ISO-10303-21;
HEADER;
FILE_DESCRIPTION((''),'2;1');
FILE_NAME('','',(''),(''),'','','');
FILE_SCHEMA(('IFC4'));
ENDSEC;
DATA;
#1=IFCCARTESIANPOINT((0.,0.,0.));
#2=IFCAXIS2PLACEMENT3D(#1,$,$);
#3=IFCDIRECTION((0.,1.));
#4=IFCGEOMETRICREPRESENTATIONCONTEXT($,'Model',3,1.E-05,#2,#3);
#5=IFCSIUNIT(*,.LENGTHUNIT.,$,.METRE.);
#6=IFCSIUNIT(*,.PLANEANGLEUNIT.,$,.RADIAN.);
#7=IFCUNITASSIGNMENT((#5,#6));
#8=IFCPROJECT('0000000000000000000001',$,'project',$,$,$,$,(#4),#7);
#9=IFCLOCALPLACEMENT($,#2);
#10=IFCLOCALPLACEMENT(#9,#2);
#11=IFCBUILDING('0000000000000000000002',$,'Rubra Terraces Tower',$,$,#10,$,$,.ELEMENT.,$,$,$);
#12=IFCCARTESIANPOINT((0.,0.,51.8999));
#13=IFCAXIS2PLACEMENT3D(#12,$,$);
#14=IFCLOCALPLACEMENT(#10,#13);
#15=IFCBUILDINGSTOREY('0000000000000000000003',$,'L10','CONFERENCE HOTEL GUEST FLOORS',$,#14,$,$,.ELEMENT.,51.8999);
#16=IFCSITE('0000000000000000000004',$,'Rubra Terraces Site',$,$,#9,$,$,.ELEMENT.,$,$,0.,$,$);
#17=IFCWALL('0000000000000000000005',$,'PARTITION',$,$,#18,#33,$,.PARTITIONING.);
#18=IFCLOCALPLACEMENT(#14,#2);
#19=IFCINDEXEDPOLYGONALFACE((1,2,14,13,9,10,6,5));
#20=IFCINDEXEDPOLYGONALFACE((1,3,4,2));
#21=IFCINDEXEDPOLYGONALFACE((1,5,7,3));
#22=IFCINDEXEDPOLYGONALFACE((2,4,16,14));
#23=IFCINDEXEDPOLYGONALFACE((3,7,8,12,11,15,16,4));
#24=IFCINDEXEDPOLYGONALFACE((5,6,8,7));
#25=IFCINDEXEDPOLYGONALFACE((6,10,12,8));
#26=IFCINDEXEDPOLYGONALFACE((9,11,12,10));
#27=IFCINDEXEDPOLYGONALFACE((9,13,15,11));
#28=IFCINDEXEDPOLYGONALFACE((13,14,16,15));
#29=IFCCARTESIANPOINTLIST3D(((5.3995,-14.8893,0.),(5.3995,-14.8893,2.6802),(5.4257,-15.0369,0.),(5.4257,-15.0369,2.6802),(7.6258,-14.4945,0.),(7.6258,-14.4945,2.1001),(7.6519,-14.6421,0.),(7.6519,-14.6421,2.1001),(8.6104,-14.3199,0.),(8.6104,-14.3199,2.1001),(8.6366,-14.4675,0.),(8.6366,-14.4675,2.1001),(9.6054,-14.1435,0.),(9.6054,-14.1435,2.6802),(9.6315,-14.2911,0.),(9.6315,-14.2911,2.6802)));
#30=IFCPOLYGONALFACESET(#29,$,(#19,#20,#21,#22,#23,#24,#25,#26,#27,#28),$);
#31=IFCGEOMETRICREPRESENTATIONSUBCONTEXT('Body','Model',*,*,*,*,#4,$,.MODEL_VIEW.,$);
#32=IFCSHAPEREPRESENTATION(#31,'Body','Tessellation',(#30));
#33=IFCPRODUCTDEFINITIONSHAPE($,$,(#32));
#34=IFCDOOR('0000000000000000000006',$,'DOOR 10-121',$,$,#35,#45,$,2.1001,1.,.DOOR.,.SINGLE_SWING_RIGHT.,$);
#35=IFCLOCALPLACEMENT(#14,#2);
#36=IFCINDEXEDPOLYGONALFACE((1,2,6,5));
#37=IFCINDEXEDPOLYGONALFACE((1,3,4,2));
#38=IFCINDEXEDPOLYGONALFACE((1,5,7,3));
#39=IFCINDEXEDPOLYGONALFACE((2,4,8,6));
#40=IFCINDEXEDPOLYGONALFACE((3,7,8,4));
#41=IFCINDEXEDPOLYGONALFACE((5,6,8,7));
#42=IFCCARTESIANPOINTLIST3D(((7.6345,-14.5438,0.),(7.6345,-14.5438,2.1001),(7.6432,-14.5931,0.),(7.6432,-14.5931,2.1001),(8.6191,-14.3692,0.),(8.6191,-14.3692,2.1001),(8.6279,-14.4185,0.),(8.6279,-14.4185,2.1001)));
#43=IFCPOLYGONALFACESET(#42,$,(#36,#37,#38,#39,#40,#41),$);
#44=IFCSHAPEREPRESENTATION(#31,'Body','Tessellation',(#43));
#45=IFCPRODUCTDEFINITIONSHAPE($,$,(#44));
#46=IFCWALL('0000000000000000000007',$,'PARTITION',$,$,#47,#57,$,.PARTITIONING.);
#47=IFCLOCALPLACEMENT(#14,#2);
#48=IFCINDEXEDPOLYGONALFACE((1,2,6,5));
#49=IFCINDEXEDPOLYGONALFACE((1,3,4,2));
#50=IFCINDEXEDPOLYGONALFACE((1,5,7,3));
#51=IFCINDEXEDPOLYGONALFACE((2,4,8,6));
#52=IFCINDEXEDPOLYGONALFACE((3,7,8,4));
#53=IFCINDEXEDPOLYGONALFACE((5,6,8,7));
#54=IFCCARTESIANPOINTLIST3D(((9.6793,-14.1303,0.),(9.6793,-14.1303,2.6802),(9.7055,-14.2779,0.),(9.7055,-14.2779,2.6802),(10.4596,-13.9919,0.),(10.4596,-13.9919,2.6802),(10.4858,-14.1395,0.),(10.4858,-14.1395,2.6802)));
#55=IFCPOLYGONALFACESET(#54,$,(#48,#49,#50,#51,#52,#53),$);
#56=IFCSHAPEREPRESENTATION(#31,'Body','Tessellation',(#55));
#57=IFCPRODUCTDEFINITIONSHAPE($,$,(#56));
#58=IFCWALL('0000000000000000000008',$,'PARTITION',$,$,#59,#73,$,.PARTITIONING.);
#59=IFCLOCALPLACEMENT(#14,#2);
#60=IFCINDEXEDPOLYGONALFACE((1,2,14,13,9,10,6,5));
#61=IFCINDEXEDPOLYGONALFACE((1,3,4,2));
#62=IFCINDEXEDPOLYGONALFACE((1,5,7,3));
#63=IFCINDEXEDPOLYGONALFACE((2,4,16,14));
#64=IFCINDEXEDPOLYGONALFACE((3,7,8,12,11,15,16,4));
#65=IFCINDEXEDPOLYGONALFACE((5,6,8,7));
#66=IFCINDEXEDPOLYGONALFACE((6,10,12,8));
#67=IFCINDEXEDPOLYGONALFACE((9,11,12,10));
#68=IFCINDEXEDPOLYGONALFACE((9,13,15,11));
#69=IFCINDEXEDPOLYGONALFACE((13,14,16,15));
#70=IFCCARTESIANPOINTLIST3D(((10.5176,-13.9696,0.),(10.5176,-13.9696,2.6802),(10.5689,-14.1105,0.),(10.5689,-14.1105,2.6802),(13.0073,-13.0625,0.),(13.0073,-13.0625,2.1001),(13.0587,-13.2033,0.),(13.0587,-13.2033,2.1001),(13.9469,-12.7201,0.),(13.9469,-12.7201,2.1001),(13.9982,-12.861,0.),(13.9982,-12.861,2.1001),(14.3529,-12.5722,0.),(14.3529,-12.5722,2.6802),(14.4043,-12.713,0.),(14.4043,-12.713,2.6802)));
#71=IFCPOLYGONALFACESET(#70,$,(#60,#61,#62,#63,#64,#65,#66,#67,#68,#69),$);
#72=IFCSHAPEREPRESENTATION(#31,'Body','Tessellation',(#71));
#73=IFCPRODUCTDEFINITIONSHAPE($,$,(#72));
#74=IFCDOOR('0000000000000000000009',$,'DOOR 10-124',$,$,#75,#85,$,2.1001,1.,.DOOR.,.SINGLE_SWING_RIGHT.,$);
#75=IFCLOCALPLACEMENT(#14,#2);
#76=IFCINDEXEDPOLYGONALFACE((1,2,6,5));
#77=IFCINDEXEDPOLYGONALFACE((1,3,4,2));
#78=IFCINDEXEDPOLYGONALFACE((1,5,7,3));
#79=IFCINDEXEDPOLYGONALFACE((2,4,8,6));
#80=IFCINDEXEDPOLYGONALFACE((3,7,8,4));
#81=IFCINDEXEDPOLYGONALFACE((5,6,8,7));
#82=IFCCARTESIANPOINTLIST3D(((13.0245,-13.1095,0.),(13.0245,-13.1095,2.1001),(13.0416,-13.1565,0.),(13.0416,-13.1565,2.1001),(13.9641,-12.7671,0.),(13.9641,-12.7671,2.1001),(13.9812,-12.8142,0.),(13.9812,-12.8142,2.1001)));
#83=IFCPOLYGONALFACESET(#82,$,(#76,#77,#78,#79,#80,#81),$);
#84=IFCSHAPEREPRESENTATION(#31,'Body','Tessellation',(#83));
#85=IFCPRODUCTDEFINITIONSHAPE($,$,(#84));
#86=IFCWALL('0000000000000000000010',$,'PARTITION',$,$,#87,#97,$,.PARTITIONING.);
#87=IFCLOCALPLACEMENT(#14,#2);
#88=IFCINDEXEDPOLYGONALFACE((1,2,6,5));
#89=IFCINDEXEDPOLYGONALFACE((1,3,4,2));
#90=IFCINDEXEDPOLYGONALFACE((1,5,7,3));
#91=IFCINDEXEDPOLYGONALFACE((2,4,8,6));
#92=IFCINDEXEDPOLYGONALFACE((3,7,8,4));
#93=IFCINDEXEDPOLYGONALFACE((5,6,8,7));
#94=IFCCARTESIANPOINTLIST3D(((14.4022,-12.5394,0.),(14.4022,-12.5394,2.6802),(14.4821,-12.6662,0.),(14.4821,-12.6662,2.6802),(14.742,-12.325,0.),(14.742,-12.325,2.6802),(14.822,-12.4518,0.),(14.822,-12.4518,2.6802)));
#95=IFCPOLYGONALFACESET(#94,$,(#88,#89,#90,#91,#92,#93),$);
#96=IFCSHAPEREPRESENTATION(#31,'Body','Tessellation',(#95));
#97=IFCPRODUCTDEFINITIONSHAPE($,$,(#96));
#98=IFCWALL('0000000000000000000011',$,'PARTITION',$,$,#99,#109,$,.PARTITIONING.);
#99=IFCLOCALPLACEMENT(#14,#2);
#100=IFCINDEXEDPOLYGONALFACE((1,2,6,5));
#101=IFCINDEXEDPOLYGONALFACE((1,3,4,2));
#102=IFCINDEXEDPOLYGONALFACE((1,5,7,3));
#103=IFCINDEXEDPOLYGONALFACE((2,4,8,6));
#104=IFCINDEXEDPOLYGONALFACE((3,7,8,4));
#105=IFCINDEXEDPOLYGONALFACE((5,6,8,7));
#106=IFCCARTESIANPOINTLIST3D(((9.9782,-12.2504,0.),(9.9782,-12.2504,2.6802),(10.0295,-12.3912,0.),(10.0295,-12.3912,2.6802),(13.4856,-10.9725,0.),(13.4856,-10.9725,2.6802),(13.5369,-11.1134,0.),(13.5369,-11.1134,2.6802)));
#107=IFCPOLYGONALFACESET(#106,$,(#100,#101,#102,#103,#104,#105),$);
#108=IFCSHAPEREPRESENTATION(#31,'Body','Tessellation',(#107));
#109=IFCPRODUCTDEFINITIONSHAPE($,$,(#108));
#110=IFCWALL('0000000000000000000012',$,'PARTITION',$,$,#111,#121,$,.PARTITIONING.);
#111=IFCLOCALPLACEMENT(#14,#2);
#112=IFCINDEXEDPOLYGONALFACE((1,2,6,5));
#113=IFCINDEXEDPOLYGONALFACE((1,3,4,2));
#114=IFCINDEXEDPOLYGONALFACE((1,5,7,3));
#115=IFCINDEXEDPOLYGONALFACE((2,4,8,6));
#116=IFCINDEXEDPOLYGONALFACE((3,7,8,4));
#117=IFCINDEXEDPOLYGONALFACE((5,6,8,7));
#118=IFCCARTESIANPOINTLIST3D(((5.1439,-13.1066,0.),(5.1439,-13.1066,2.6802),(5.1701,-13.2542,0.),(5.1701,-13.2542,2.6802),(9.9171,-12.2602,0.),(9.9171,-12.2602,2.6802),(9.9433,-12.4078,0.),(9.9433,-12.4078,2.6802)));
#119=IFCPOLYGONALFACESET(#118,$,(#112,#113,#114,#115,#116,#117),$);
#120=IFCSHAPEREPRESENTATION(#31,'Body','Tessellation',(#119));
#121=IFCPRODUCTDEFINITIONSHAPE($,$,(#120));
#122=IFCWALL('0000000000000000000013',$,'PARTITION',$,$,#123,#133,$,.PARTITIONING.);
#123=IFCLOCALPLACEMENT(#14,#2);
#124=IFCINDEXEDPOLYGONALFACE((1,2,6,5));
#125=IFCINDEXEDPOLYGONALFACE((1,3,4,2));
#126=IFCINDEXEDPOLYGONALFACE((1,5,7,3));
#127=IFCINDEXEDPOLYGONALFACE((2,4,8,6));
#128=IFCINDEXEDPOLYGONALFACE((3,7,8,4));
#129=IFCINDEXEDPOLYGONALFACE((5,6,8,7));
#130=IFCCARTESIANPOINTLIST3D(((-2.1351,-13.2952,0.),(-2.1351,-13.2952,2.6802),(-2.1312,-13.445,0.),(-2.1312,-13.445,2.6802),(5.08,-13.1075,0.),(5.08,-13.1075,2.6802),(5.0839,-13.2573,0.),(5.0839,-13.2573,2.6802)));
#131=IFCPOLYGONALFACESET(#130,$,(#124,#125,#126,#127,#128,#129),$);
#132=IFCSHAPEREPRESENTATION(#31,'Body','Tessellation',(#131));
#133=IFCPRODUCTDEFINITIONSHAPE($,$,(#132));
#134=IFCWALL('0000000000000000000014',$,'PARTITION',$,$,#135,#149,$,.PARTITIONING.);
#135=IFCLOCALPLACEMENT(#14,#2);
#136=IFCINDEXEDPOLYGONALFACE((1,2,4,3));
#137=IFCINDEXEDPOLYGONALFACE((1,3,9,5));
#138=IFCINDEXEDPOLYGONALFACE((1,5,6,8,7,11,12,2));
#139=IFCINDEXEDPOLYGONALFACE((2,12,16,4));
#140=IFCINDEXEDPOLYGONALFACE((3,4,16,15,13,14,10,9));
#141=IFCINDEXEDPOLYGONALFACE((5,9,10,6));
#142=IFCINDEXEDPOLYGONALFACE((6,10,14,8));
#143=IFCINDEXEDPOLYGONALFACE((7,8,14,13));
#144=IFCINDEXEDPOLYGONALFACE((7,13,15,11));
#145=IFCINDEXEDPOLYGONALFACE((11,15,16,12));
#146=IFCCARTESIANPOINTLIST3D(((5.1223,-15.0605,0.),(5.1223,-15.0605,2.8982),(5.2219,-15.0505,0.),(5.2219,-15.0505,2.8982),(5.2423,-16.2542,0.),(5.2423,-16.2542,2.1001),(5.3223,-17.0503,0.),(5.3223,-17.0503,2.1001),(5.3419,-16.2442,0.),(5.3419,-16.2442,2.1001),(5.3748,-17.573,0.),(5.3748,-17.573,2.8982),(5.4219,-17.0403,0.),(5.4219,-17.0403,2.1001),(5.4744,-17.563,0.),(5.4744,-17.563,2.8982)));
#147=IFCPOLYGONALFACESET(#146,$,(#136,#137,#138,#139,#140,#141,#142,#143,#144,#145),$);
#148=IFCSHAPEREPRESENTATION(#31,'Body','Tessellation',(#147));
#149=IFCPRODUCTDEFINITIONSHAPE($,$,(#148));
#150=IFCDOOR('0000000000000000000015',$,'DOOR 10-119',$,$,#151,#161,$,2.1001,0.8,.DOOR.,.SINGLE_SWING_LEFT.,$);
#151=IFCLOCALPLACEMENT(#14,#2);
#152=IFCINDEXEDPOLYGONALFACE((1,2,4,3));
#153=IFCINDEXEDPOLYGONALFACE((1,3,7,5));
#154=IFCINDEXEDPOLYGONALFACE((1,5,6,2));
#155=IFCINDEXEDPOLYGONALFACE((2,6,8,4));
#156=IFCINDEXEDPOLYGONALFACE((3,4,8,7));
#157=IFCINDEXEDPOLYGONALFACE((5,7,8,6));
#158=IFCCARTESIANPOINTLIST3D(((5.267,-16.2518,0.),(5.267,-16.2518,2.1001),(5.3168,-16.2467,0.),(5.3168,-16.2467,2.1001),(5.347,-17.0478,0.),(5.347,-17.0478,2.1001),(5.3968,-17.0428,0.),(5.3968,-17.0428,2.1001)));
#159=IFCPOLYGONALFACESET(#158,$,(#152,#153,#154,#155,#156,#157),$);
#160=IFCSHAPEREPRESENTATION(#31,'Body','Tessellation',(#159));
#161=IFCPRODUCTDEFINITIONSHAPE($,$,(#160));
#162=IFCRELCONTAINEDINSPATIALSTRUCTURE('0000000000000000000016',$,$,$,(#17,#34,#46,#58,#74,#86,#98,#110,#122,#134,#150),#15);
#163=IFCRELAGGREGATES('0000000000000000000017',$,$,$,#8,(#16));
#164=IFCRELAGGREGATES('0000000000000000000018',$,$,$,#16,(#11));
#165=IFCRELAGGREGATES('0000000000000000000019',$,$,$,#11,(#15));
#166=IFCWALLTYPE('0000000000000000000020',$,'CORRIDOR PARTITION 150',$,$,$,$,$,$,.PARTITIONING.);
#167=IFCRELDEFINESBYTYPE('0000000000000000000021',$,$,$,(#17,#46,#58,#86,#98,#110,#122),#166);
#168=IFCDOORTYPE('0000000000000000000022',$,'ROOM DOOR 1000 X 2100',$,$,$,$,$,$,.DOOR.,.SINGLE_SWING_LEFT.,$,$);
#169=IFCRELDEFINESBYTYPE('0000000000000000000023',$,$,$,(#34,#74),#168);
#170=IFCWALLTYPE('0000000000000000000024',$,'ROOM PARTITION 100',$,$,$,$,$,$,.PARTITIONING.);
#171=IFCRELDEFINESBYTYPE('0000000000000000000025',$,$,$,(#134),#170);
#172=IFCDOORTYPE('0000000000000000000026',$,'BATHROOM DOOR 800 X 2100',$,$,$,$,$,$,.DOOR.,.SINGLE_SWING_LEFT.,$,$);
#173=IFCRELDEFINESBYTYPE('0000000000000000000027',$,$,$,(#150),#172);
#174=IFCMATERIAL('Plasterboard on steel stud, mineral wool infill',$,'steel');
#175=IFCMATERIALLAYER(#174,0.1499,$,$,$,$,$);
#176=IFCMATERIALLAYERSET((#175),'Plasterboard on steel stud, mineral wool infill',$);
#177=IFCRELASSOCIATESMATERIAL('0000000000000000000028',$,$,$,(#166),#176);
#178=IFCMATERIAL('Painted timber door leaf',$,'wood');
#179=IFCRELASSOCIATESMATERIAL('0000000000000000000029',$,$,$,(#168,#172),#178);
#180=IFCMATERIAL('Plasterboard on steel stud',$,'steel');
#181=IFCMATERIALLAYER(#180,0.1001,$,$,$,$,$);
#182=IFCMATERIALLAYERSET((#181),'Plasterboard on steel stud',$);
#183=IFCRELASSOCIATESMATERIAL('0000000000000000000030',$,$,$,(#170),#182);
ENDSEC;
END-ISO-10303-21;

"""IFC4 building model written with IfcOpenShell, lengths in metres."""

from ifc_helpers import new_model, si_unit, direction, frame, frame_2d, origin, place, context, subcontext, project, spatial, rectangle, extrude, material, layer, layer_set, type_object, element, fill, save


model = new_model("IFC4")

# Units and contexts
model_context = context("Model", 3, precision=1e-05, world=origin(), true_north=direction((0.0, 1.0)))
body_context = subcontext(model_context, "Body", "Model", "MODEL_VIEW")
ifc_project = project(units=[si_unit("LENGTHUNIT", "METRE"), si_unit("PLANEANGLEUNIT", "RADIAN")], contexts=[model_context])

# Site, building, storey
site_placement = place(None, origin())
site = spatial("IfcSite", under=ifc_project, at=site_placement, Name="Rubra Terraces Site", CompositionType="ELEMENT", RefElevation=0.0)
building_placement = place(site_placement, origin())
building = spatial("IfcBuilding", under=site, at=building_placement, Name="Rubra Terraces Tower", CompositionType="ELEMENT")
storey_placement = place(building_placement, frame((0.0, 0.0, 51.8999)))
storey = spatial("IfcBuildingStorey", under=building, at=storey_placement, Name="L10", Description="CONFERENCE HOTEL GUEST FLOORS", CompositionType="ELEMENT", Elevation=51.8999)

# Shared definitions
ifc_material_1 = material(Name="Plasterboard on steel stud, mineral wool infill", Category="steel")
ifc_layer_1 = layer(ifc_material_1, 0.1499)
ifc_layer_set_1 = layer_set([ifc_layer_1], Name="Plasterboard on steel stud, mineral wool infill")
wall_type_1 = type_object("IfcWallType", Name="CORRIDOR PARTITION 150", PredefinedType="PARTITIONING", material=ifc_layer_set_1)

# Wall, opening, door
wall_1_placement = place(storey_placement, frame((5.4126, -14.9631, 0.0), z_axis=(0.0, 0.0, 1.0), x_axis=(0.984637, 0.174613, 0.0)))
wall_1 = element("IfcWall", 1, at=wall_1_placement, inside=storey, type_object=wall_type_1, Name="PARTITION", PredefinedType="PARTITIONING", context=body_context, shape_type="SweptSolid", body=[
    extrude(rectangle(XDim=4.2715, YDim=0.1499, at=frame_2d((2.1357, 0.0))), origin(), (0.0, 0.0, 1.0), 2.6802),
])
opening_1_placement = place(wall_1_placement, frame((2.261, 0.0, 0.0)))
opening_1 = element("IfcOpeningElement", 2, at=opening_1_placement, cuts=wall_1, PredefinedType="OPENING", context=body_context, shape_type="SweptSolid", body=[
    extrude(rectangle(XDim=1.0, YDim=2.1001, at=frame_2d((0.5, 1.05))), frame((0.0, 0.085, 0.0), z_axis=(0.0, -1.0, 0.0), x_axis=(1.0, 0.0, 0.0)), (0.0, 0.0, 1.0), 0.1699),
])
ifc_material_2 = material(Name="Painted timber door leaf", Category="wood")
door_type_1 = type_object("IfcDoorType", Name="ROOM DOOR 1000 X 2100", OperationType="SINGLE_SWING_LEFT", PredefinedType="DOOR", material=ifc_material_2)
door_1_placement = place(opening_1_placement, origin())
door_1 = element("IfcDoor", 3, at=door_1_placement, inside=storey, type_object=door_type_1, Name="DOOR 10-121", OperationType="SINGLE_SWING_RIGHT", OverallHeight=2.1001, OverallWidth=1.0, PredefinedType="DOOR", context=body_context, shape_type="SweptSolid", body=[
    extrude(rectangle(XDim=1.0, YDim=2.1001, at=frame_2d((0.5, 1.05))), frame((0.0, 0.0249, 0.0), z_axis=(0.0, -1.0, 0.0), x_axis=(1.0, 0.0, 0.0)), (0.0, 0.0, 1.0), 0.05),
])
fill(opening_1, door_1)

# Wall
wall_2_placement = place(storey_placement, frame((9.6924, -14.2041, 0.0), z_axis=(0.0, 0.0, 1.0), x_axis=(0.984625, 0.174682, 0.0)))
element("IfcWall", 4, at=wall_2_placement, inside=storey, type_object=wall_type_1, Name="PARTITION", PredefinedType="PARTITIONING", context=body_context, shape_type="SweptSolid", body=[
    extrude(rectangle(XDim=0.7925, YDim=0.1499, at=frame_2d((0.3962, 0.0))), origin(), (0.0, 0.0, 1.0), 2.6802),
])

# Wall, opening, door
wall_3_placement = place(storey_placement, frame((10.5432, -14.04, 0.0), z_axis=(0.0, 0.0, 1.0), x_axis=(0.939577, 0.342338, 0.0)))
wall_3 = element("IfcWall", 5, at=wall_3_placement, inside=storey, type_object=wall_type_1, Name="PARTITION", PredefinedType="PARTITIONING", context=body_context, shape_type="SweptSolid", body=[
    extrude(rectangle(XDim=4.082, YDim=0.1499, at=frame_2d((2.041, 0.0))), origin(), (0.0, 0.0, 1.0), 2.6802),
])
opening_2_placement = place(wall_3_placement, frame((2.6499, 0.0, 0.0)))
opening_2 = element("IfcOpeningElement", 6, at=opening_2_placement, cuts=wall_3, PredefinedType="OPENING", context=body_context, shape_type="SweptSolid", body=[
    extrude(rectangle(XDim=1.0, YDim=2.1001, at=frame_2d((0.5, 1.05))), frame((0.0, 0.085, 0.0), z_axis=(0.0, -1.0, 0.0), x_axis=(1.0, 0.0, 0.0)), (0.0, 0.0, 1.0), 0.1699),
])
door_2_placement = place(opening_2_placement, origin())
door_2 = element("IfcDoor", 7, at=door_2_placement, inside=storey, type_object=door_type_1, Name="DOOR 10-124", OperationType="SINGLE_SWING_RIGHT", OverallHeight=2.1001, OverallWidth=1.0, PredefinedType="DOOR", context=body_context, shape_type="SweptSolid", body=[
    extrude(rectangle(XDim=1.0, YDim=2.1001, at=frame_2d((0.5, 1.05))), frame((0.0, 0.0249, 0.0), z_axis=(0.0, -1.0, 0.0), x_axis=(1.0, 0.0, 0.0)), (0.0, 0.0, 1.0), 0.05),
])
fill(opening_2, door_2)

# Walls
wall_4_placement = place(storey_placement, frame((14.4421, -12.6028, 0.0), z_axis=(0.0, 0.0, 1.0), x_axis=(0.845806, 0.53349, 0.0)))
element("IfcWall", 8, at=wall_4_placement, inside=storey, type_object=wall_type_1, Name="PARTITION", PredefinedType="PARTITIONING", context=body_context, shape_type="SweptSolid", body=[
    extrude(rectangle(XDim=0.4019, YDim=0.1499, at=frame_2d((0.2009, 0.0))), origin(), (0.0, 0.0, 1.0), 2.6802),
])
wall_5_placement = place(storey_placement, frame((13.5112, -11.043, 0.0), z_axis=(0.0, 0.0, 1.0), x_axis=(-0.939583, -0.342321, 0.0)))
element("IfcWall", 9, at=wall_5_placement, inside=storey, type_object=wall_type_1, Name="PARTITION", PredefinedType="PARTITIONING", context=body_context, shape_type="SweptSolid", body=[
    extrude(rectangle(XDim=3.7329, YDim=0.1499, at=frame_2d((1.8665, 0.0))), origin(), (0.0, 0.0, 1.0), 2.6802),
])
wall_6_placement = place(storey_placement, frame((9.9302, -12.334, 0.0), z_axis=(0.0, 0.0, 1.0), x_axis=(-0.984638, -0.174607, 0.0)))
element("IfcWall", 10, at=wall_6_placement, inside=storey, type_object=wall_type_1, Name="PARTITION", PredefinedType="PARTITIONING", context=body_context, shape_type="SweptSolid", body=[
    extrude(rectangle(XDim=4.8477, YDim=0.1499, at=frame_2d((2.4238, 0.0))), origin(), (0.0, 0.0, 1.0), 2.6802),
])
wall_7_placement = place(storey_placement, frame((5.082, -13.1824, 0.0), z_axis=(0.0, 0.0, 1.0), x_axis=(-0.999662, -0.026012, 0.0)))
element("IfcWall", 11, at=wall_7_placement, inside=storey, type_object=wall_type_1, Name="PARTITION", PredefinedType="PARTITIONING", context=body_context, shape_type="SweptSolid", body=[
    extrude(rectangle(XDim=7.2175, YDim=0.1499, at=frame_2d((3.6089, 0.0))), origin(), (0.0, 0.0, 1.0), 2.6802),
])

# Wall, opening, door
ifc_material_3 = material(Name="Plasterboard on steel stud", Category="steel")
ifc_layer_2 = layer(ifc_material_3, 0.1001)
ifc_layer_set_2 = layer_set([ifc_layer_2], Name="Plasterboard on steel stud")
wall_type_2 = type_object("IfcWallType", Name="ROOM PARTITION 100", PredefinedType="PARTITIONING", material=ifc_layer_set_2)
wall_8_placement = place(storey_placement, frame((5.1721, -15.0554, 0.0), z_axis=(0.0, 0.0, 1.0), x_axis=(0.099973, -0.99499, 0.0)))
wall_8 = element("IfcWall", 12, at=wall_8_placement, inside=storey, type_object=wall_type_2, Name="PARTITION", PredefinedType="PARTITIONING", context=body_context, shape_type="SweptSolid", body=[
    extrude(rectangle(XDim=2.5251, YDim=0.1001, at=frame_2d((1.2627, 0.0))), origin(), (0.0, 0.0, 1.0), 2.8982),
])
opening_3_placement = place(wall_8_placement, frame((1.2, 0.0, 0.0)))
opening_3 = element("IfcOpeningElement", 13, at=opening_3_placement, cuts=wall_8, PredefinedType="OPENING", context=body_context, shape_type="SweptSolid", body=[
    extrude(rectangle(XDim=0.8, YDim=2.1001, at=frame_2d((0.3999, 1.05))), frame((0.0, 0.0601, 0.0), z_axis=(0.0, -1.0, 0.0), x_axis=(1.0, 0.0, 0.0)), (0.0, 0.0, 1.0), 0.1201),
])
door_type_2 = type_object("IfcDoorType", Name="BATHROOM DOOR 800 X 2100", OperationType="SINGLE_SWING_LEFT", PredefinedType="DOOR", material=ifc_material_2)
door_3_placement = place(opening_3_placement, origin())
door_3 = element("IfcDoor", 14, at=door_3_placement, inside=storey, type_object=door_type_2, Name="DOOR 10-119", OperationType="SINGLE_SWING_LEFT", OverallHeight=2.1001, OverallWidth=0.8, PredefinedType="DOOR", context=body_context, shape_type="SweptSolid", body=[
    extrude(rectangle(XDim=0.8, YDim=2.1001, at=frame_2d((0.3999, 1.05))), frame((0.0, 0.0249, 0.0), z_axis=(0.0, -1.0, 0.0), x_axis=(1.0, 0.0, 0.0)), (0.0, 0.0, 1.0), 0.05),
])
fill(opening_3, door_3)

save(model, "model.ifc")
